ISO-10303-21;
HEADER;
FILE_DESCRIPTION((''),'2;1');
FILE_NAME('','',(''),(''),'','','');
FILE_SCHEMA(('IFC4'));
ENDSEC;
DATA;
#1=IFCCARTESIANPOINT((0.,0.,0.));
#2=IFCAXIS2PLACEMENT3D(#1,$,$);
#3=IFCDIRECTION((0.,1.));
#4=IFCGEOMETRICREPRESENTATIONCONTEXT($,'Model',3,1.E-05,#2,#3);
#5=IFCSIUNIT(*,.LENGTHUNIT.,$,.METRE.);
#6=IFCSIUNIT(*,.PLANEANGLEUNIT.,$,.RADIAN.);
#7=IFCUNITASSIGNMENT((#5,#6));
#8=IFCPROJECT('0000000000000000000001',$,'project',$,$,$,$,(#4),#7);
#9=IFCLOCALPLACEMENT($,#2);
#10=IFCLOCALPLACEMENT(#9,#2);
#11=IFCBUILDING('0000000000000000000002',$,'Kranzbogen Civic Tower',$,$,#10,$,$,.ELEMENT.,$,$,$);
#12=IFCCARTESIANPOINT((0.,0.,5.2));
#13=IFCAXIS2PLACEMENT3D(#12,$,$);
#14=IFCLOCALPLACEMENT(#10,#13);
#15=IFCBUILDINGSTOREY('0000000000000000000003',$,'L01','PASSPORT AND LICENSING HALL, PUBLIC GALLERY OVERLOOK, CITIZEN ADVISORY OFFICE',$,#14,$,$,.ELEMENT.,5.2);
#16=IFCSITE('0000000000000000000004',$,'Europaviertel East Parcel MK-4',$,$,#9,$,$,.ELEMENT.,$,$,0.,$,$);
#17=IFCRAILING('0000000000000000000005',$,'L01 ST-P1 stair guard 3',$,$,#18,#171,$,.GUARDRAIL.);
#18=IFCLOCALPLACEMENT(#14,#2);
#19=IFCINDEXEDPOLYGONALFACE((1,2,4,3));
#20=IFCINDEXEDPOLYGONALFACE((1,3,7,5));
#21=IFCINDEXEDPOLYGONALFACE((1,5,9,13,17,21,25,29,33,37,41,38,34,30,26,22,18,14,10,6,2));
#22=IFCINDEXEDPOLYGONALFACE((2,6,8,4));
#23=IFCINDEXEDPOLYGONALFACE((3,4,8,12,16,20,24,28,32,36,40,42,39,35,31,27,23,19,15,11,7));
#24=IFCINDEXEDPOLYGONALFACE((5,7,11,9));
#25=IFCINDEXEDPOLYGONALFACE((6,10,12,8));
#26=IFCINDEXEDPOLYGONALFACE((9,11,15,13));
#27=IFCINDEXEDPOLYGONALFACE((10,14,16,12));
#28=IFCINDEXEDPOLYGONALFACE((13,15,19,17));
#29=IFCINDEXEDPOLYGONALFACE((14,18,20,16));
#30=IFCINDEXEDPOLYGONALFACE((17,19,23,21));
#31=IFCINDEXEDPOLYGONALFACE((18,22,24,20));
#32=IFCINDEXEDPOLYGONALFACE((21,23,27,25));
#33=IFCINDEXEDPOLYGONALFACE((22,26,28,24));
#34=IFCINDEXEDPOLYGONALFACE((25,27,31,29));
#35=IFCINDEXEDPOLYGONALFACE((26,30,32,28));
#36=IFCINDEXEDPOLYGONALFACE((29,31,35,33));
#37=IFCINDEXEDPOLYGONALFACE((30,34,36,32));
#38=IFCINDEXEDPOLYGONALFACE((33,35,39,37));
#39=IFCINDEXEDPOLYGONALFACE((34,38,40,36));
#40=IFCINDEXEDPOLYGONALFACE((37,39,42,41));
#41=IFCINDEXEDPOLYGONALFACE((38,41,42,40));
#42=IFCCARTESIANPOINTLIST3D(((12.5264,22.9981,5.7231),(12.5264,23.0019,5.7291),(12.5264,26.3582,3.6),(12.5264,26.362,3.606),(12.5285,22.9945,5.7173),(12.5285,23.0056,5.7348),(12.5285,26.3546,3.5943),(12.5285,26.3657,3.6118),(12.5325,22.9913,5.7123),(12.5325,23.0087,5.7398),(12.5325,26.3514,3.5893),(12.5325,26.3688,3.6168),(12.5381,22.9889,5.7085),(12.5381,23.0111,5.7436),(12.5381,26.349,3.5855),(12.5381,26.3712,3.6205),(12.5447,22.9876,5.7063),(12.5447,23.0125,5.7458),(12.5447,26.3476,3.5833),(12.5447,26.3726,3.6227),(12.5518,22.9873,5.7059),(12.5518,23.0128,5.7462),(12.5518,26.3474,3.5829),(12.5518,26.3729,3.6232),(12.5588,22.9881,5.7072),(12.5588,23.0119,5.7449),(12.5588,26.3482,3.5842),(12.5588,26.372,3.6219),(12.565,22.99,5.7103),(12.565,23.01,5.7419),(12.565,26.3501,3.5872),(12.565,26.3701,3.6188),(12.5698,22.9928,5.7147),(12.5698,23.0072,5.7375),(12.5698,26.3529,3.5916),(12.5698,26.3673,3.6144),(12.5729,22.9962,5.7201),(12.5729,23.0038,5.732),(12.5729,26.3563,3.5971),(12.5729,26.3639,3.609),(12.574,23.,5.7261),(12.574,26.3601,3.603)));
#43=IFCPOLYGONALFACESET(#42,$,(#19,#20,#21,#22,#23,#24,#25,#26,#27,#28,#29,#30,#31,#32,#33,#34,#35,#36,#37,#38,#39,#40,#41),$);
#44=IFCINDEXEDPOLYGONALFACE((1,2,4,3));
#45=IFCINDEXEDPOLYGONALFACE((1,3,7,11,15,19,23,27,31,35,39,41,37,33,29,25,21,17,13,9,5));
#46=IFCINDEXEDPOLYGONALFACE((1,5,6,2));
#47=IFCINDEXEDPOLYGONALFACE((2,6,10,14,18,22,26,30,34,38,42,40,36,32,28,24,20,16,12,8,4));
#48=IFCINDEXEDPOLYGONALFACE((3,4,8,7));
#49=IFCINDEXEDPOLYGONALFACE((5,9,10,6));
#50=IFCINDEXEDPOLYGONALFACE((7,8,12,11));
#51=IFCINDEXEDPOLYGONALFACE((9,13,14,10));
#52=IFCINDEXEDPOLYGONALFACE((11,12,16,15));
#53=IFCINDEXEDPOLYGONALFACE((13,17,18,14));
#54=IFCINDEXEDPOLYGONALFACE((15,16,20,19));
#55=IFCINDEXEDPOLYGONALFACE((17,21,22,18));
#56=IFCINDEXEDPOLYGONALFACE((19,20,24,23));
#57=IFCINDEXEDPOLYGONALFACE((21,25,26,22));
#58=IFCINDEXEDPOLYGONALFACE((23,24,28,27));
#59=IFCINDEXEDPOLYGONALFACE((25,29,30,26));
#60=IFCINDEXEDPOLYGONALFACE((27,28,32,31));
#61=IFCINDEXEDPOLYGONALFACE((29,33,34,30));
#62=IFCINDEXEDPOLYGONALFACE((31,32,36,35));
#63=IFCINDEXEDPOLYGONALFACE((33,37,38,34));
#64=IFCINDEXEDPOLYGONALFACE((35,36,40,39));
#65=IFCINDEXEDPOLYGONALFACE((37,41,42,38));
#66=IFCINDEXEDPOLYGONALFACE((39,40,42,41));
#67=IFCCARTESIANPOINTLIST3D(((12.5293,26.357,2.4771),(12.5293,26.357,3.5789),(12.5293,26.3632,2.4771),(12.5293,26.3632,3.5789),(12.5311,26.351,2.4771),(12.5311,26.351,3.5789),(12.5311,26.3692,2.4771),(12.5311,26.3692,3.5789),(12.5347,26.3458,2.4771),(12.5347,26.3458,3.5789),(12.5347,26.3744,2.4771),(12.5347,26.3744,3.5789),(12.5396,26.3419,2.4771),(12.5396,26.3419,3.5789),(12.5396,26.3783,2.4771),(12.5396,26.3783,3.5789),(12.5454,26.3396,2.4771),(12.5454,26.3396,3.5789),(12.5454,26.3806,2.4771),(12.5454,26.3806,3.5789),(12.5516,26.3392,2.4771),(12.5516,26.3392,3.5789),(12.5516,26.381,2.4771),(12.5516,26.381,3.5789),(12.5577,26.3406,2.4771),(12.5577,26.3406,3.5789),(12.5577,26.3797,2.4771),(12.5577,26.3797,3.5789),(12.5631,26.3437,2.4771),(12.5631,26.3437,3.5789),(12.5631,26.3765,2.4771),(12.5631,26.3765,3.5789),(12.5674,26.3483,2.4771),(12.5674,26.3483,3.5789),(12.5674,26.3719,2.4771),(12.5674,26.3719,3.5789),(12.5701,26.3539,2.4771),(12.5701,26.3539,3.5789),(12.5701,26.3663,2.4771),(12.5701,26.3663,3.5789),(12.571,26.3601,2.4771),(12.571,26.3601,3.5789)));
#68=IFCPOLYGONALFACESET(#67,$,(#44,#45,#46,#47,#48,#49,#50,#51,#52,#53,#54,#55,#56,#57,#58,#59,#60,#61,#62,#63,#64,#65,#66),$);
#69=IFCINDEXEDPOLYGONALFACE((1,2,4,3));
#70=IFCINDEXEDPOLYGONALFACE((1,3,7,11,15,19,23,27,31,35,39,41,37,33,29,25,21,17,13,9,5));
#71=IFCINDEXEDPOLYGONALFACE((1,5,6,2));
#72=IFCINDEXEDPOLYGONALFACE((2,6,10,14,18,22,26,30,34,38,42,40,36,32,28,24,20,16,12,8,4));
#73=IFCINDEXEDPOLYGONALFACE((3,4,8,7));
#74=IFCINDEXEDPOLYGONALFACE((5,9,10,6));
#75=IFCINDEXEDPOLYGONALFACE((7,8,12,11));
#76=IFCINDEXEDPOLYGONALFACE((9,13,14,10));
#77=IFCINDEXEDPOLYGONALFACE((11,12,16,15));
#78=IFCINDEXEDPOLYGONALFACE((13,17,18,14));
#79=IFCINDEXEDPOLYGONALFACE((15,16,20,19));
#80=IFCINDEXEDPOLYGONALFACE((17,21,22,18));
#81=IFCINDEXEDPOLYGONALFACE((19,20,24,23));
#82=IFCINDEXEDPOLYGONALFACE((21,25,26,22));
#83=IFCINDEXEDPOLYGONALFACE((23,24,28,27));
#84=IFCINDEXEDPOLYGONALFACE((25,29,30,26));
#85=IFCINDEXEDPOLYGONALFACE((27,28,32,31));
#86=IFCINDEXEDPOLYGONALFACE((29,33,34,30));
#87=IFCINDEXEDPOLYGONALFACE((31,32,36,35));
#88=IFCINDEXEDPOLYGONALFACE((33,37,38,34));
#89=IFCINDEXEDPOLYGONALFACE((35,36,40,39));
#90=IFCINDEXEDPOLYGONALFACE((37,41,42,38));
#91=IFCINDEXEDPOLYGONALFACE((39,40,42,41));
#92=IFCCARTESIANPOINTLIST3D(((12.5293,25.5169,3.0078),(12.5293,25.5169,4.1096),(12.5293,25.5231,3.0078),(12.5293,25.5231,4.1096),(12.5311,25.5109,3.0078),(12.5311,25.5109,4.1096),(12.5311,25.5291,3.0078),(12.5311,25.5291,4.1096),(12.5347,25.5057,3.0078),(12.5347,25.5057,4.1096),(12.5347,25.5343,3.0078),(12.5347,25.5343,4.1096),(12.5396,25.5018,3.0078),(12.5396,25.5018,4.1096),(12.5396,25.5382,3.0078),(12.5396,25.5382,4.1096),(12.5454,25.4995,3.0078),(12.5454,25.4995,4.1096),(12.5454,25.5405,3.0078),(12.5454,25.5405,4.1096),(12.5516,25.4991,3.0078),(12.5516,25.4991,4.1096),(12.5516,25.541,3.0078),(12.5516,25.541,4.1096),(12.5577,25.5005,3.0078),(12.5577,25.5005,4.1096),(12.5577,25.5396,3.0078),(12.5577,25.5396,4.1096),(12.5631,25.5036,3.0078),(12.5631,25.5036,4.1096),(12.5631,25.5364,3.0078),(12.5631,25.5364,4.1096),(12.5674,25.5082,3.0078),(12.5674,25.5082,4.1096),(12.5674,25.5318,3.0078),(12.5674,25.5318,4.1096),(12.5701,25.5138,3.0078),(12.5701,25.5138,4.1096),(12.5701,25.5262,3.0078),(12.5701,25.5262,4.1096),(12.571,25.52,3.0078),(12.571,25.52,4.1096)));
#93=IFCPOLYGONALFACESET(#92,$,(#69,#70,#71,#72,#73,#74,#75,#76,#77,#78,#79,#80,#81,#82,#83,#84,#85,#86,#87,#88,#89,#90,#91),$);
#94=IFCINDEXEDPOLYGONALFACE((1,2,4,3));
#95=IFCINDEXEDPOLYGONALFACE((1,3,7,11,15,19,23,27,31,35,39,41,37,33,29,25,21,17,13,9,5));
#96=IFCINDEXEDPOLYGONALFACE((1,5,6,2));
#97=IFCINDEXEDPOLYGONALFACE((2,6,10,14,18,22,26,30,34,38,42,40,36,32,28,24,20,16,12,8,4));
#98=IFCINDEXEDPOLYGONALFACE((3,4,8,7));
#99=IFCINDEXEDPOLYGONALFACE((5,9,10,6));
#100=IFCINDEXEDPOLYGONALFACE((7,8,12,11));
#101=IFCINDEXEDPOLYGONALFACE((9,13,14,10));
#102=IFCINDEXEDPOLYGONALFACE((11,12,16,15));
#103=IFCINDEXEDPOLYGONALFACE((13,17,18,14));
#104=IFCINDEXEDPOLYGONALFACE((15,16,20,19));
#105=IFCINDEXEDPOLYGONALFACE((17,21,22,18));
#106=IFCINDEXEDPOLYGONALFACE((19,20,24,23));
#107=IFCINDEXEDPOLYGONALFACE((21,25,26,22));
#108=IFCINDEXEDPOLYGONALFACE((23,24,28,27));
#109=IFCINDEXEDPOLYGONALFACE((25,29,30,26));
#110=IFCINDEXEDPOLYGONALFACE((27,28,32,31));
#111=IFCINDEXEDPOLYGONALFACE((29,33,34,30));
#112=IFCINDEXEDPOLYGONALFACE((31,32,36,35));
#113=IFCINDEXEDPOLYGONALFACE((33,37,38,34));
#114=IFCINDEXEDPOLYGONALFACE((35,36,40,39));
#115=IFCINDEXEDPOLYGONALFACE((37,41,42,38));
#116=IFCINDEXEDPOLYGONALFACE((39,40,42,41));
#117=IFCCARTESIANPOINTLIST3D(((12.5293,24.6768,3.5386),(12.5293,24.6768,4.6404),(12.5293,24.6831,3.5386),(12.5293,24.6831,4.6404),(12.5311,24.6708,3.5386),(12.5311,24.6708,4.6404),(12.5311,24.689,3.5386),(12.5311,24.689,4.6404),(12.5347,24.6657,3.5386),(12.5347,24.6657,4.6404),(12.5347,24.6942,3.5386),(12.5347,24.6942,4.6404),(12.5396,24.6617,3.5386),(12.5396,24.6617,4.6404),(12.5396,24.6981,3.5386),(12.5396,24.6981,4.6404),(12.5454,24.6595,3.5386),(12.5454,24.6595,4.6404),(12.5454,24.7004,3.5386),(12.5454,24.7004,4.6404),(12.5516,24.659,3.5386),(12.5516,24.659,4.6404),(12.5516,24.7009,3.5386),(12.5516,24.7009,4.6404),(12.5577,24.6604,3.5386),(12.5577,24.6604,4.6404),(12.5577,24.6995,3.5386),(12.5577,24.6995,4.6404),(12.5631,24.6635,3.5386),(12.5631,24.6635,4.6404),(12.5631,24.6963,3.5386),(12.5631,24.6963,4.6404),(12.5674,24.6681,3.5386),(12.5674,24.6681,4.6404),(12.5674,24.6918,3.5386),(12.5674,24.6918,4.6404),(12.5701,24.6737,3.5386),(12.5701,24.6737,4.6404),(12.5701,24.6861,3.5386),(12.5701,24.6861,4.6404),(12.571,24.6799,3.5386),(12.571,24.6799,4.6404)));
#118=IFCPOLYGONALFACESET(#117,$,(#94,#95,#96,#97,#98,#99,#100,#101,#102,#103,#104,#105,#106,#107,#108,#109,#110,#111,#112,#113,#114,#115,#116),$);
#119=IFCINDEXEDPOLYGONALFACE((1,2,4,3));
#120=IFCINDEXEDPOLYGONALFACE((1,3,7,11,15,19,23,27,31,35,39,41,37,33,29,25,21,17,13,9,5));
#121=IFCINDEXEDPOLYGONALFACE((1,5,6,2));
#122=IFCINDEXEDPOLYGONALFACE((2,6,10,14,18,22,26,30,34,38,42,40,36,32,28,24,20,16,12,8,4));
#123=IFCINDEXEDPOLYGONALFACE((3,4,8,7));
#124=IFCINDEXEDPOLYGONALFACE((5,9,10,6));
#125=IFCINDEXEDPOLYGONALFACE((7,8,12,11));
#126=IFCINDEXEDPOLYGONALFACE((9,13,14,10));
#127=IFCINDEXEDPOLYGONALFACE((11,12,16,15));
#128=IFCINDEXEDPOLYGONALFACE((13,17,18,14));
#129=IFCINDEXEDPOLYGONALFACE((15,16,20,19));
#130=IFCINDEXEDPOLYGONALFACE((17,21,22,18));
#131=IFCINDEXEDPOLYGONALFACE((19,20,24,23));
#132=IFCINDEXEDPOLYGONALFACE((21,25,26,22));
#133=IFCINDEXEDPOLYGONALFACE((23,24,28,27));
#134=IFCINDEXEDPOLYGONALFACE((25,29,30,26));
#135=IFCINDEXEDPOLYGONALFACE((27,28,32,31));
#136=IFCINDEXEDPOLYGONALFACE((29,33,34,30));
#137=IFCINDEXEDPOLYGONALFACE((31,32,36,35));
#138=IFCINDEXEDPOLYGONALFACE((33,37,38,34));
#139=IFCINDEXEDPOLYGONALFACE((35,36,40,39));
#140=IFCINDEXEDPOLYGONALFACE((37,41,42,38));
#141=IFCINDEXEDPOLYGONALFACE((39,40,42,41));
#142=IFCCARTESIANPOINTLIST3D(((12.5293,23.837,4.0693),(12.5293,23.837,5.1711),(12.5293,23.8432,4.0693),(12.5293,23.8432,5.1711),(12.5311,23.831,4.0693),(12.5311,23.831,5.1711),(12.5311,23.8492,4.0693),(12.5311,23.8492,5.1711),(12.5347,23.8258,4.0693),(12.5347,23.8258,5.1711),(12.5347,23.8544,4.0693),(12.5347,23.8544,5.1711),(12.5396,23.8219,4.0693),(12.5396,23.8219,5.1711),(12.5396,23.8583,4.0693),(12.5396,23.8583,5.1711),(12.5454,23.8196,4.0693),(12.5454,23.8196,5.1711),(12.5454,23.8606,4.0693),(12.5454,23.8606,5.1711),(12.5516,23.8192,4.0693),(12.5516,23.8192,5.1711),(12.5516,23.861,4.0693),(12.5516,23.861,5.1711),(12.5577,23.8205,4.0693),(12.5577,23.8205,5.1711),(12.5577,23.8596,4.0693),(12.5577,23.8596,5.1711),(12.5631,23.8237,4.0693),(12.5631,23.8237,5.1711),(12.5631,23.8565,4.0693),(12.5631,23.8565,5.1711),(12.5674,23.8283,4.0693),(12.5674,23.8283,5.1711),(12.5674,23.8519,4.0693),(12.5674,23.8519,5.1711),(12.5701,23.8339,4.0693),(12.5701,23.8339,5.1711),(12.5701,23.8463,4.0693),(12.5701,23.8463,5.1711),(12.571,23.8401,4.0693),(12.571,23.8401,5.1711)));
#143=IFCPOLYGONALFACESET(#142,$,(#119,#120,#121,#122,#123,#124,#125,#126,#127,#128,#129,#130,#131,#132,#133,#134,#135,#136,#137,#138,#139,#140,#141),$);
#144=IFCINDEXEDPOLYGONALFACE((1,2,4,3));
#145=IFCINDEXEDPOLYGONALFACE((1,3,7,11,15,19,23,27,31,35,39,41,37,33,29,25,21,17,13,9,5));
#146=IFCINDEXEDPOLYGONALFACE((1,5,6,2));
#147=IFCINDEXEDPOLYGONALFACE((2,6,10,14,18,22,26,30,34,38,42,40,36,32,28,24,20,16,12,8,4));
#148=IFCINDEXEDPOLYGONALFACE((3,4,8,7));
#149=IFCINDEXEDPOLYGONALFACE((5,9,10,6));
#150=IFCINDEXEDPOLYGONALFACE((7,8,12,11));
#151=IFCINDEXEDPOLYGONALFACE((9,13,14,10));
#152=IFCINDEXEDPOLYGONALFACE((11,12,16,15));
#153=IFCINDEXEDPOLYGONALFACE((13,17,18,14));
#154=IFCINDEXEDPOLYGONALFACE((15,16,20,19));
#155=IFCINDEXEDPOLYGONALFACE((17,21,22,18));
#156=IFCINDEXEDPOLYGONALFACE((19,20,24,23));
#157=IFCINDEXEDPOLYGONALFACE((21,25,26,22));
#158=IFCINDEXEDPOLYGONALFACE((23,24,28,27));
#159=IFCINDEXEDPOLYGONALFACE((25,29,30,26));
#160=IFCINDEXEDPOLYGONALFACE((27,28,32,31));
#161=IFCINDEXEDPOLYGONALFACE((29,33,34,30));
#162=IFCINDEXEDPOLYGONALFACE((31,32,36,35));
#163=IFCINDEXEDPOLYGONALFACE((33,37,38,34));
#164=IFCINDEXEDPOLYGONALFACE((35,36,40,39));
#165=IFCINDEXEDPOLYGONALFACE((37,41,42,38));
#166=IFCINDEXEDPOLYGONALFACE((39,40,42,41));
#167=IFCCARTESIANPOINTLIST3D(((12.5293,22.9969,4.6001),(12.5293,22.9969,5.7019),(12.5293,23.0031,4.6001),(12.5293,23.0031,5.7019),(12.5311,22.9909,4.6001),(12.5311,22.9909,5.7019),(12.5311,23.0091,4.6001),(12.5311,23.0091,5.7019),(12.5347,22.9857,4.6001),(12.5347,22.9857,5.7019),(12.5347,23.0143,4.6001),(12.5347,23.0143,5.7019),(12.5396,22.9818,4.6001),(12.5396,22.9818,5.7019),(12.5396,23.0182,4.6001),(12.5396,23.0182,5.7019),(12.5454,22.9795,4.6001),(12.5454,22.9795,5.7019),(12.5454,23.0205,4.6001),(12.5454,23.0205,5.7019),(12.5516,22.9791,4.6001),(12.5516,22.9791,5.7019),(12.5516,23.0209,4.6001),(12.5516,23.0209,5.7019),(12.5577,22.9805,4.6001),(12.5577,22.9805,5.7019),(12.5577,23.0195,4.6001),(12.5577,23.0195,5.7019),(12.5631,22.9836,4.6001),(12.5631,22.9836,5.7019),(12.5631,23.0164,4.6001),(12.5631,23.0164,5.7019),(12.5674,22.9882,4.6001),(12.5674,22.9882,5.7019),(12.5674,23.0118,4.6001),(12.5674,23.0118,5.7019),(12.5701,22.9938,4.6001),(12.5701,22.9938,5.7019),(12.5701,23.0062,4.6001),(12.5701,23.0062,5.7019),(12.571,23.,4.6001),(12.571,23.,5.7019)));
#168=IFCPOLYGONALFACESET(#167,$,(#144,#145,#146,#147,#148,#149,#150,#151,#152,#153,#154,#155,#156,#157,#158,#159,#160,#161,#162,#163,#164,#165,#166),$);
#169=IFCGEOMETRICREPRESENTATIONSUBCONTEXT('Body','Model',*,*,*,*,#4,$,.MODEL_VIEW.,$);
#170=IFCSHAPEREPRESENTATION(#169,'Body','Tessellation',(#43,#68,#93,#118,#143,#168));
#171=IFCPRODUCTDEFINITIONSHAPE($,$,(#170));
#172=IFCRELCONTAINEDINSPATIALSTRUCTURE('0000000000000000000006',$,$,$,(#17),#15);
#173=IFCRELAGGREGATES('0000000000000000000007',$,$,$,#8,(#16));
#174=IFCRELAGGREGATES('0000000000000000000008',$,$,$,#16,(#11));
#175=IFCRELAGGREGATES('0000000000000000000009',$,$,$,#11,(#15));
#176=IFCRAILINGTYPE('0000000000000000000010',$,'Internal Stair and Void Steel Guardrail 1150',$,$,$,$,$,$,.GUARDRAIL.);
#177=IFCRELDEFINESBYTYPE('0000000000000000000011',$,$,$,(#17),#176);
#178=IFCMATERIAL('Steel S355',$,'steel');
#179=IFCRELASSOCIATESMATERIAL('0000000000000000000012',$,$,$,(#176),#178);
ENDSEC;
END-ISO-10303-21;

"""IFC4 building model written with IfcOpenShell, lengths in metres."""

from ifc_helpers import new_model, si_unit, direction, frame, origin, origin_2d, place, context, subcontext, project, spatial, circle, extrude, material, type_object, element, save


model = new_model("IFC4")

# Units and contexts
model_context = context("Model", 3, precision=1e-05, world=origin(), true_north=direction((0.0, 1.0)))
body_context = subcontext(model_context, "Body", "Model", "MODEL_VIEW")
ifc_project = project(units=[si_unit("LENGTHUNIT", "METRE"), si_unit("PLANEANGLEUNIT", "RADIAN")], contexts=[model_context])

# Site, building, storey
site_placement = place(None, origin())
site = spatial("IfcSite", under=ifc_project, at=site_placement, Name="Europaviertel East Parcel MK-4", CompositionType="ELEMENT", RefElevation=0.0)
building_placement = place(site_placement, origin())
building = spatial("IfcBuilding", under=site, at=building_placement, Name="Kranzbogen Civic Tower", CompositionType="ELEMENT")
storey_placement = place(building_placement, frame((0.0, 0.0, 5.2)))
storey = spatial("IfcBuildingStorey", under=building, at=storey_placement, Name="L01", Description="PASSPORT AND LICENSING HALL, PUBLIC GALLERY OVERLOOK, CITIZEN ADVISORY OFFICE", CompositionType="ELEMENT", Elevation=5.2)

# Shared definitions
ifc_material_1 = material(Name="Steel S355", Category="steel")

# Railing
railing_type_1 = type_object("IfcRailingType", Name="Internal Stair and Void Steel Guardrail 1150", PredefinedType="GUARDRAIL", material=ifc_material_1)
railing_1_placement = place(storey_placement, frame((12.55, 26.3601, 2.4771)))
element("IfcRailing", 1, at=railing_1_placement, inside=storey, type_object=railing_type_1, Name="L01 ST-P1 stair guard 3", PredefinedType="GUARDRAIL", context=body_context, shape_type="SweptSolid", body=[
    extrude(circle(Radius=0.0239, at=origin_2d()), frame((0.0, 0.0, 1.126), z_axis=(0.0, -0.84539, 0.53415), x_axis=(1.0, 0.0, 0.0)), (0.0, 0.0, 1.0), 3.9746),
    extrude(circle(Radius=0.021, at=origin_2d()), origin(), (0.0, 0.0, 1.0), 1.1018),
    extrude(circle(Radius=0.021, at=origin_2d()), frame((0.0, -0.8401, 0.5308)), (0.0, 0.0, 1.0), 1.1018),
    extrude(circle(Radius=0.021, at=origin_2d()), frame((0.0, -1.6802, 1.0615)), (0.0, 0.0, 1.0), 1.1018),
    extrude(circle(Radius=0.021, at=origin_2d()), frame((0.0, -2.52, 1.5923)), (0.0, 0.0, 1.0), 1.1018),
    extrude(circle(Radius=0.021, at=origin_2d()), frame((0.0, -3.3601, 2.123)), (0.0, 0.0, 1.0), 1.1018),
])

save(model, "model.ifc")
